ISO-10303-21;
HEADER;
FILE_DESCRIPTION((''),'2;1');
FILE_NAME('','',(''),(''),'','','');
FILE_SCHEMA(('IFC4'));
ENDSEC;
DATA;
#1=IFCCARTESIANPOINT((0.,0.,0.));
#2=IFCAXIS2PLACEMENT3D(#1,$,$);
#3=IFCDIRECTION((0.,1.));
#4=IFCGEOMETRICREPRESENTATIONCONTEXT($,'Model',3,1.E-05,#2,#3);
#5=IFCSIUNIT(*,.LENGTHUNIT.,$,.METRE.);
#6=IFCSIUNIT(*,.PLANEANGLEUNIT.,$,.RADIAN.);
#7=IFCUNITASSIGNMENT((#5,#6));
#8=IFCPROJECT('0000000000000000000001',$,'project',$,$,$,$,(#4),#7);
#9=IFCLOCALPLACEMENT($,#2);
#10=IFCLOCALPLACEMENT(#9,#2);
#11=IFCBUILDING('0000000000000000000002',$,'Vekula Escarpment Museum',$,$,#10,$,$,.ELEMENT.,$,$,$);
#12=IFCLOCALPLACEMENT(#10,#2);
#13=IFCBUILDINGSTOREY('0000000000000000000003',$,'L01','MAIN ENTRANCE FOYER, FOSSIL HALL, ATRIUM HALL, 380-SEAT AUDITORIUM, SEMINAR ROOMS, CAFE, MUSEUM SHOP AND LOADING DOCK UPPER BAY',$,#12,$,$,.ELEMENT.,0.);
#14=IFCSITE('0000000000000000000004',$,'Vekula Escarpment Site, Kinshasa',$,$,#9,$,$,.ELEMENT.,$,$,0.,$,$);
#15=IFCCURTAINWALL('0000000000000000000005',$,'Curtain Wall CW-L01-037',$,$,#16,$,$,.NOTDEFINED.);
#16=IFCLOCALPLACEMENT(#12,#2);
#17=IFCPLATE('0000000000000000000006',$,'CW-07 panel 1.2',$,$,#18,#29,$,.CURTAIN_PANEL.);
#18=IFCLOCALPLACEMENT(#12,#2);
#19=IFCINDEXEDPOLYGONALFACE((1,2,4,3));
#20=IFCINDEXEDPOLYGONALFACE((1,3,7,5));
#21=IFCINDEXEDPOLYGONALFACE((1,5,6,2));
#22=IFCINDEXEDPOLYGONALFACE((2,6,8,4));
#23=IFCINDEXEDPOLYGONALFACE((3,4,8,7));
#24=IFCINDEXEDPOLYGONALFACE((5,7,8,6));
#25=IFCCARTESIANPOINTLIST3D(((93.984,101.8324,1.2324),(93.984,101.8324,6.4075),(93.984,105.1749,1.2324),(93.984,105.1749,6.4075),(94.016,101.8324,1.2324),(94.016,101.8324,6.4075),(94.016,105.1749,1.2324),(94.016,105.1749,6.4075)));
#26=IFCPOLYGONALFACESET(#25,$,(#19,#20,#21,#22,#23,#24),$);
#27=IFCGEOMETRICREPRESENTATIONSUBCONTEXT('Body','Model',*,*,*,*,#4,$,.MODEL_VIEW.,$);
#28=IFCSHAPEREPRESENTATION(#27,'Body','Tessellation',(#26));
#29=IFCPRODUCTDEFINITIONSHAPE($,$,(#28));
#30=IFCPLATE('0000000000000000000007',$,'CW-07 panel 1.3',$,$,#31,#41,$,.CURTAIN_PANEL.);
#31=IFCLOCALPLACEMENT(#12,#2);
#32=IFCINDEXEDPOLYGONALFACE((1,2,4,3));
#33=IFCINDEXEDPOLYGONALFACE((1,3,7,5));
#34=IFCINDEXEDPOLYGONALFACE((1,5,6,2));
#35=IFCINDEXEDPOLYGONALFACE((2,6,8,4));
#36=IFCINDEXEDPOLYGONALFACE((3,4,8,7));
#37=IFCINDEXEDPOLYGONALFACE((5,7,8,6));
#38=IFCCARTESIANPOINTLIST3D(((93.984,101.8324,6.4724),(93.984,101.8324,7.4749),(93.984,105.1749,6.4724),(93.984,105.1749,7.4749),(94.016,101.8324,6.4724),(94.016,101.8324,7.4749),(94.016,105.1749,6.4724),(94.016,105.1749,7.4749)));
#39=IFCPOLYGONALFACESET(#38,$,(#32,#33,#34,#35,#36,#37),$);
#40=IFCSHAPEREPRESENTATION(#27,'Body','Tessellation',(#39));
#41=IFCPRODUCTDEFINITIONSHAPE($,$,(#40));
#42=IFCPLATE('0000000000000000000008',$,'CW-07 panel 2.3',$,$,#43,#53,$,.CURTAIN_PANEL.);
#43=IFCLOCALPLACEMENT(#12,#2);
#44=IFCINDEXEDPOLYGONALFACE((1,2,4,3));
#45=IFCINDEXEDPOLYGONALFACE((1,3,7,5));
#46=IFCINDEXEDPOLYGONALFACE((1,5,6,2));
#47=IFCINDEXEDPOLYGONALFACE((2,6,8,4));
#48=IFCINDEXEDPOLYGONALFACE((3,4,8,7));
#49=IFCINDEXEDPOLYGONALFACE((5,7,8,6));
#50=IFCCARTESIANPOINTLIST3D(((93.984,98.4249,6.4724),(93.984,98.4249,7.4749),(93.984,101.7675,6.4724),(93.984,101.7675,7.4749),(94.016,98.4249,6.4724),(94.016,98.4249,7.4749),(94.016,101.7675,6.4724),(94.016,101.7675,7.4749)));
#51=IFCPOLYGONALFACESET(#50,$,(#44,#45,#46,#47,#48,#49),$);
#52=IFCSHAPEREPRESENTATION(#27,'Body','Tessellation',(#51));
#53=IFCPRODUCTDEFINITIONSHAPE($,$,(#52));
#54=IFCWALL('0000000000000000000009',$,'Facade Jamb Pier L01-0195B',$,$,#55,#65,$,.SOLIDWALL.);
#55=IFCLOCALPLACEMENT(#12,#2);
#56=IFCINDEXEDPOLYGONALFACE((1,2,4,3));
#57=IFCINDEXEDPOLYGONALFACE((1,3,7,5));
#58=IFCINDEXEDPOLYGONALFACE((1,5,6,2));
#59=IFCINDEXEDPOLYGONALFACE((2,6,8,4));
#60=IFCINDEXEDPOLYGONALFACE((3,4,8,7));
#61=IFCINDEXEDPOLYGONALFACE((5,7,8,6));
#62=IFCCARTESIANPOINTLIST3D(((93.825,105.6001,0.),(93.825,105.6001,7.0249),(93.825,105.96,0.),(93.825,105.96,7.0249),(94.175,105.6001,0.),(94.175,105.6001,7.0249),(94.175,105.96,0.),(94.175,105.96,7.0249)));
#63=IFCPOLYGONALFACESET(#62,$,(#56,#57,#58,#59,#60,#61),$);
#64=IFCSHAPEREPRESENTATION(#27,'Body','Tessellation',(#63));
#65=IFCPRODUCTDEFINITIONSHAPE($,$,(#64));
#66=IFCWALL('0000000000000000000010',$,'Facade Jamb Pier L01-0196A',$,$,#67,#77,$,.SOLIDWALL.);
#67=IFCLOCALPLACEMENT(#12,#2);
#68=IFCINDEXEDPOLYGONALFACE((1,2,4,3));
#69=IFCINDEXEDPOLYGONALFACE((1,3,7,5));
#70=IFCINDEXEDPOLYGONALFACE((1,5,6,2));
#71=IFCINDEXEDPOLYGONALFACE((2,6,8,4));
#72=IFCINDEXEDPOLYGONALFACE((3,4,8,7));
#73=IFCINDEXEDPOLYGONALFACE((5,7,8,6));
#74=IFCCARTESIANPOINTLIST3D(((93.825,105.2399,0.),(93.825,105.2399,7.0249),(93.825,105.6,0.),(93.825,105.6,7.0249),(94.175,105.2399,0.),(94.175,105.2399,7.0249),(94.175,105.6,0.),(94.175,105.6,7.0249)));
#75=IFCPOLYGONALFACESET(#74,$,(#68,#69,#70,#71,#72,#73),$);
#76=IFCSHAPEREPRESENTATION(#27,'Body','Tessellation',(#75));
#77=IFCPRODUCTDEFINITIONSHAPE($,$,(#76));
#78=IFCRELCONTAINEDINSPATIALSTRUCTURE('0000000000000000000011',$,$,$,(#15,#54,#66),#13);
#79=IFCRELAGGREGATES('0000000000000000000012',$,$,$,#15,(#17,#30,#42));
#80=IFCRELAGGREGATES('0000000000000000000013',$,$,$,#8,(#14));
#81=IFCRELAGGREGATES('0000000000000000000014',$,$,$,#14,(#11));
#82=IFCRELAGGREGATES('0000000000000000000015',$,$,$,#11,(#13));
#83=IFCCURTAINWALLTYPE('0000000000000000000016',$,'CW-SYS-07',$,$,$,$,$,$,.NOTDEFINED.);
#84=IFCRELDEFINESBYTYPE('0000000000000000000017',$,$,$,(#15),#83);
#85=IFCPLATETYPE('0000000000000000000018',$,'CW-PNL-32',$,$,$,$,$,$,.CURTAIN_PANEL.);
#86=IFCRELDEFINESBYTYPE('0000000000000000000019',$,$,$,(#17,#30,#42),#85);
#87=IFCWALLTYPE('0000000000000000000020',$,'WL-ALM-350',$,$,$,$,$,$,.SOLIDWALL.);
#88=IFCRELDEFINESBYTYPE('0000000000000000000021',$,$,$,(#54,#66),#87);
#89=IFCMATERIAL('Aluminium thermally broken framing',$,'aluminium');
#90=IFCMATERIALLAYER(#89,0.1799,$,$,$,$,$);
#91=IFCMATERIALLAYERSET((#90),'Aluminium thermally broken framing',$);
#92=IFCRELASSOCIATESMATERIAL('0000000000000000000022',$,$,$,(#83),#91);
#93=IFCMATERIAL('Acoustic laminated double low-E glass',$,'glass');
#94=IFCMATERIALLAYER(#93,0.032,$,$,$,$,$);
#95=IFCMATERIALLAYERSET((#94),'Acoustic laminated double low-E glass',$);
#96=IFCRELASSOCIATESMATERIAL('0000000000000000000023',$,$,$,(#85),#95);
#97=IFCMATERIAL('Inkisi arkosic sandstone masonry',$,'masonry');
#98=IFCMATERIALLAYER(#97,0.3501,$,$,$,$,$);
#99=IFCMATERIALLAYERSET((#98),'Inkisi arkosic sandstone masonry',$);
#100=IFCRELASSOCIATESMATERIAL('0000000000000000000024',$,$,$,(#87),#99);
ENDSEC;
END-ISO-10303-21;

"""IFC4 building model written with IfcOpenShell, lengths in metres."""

from ifc_helpers import new_model, si_unit, direction, frame, frame_2d, origin, origin_2d, place, context, subcontext, project, spatial, rectangle, extrude, material, layer, layer_set, type_object, element, aggregate, save


model = new_model("IFC4")

# Units and contexts
model_context = context("Model", 3, precision=1e-05, world=origin(), true_north=direction((0.0, 1.0)))
body_context = subcontext(model_context, "Body", "Model", "MODEL_VIEW")
ifc_project = project(units=[si_unit("LENGTHUNIT", "METRE"), si_unit("PLANEANGLEUNIT", "RADIAN")], contexts=[model_context])

# Site, building, storey
site_placement = place(None, origin())
site = spatial("IfcSite", under=ifc_project, at=site_placement, Name="Vekula Escarpment Site, Kinshasa", CompositionType="ELEMENT", RefElevation=0.0)
building_placement = place(site_placement, origin())
building = spatial("IfcBuilding", under=site, at=building_placement, Name="Vekula Escarpment Museum", CompositionType="ELEMENT")
storey_placement = place(building_placement, origin())
storey = spatial("IfcBuildingStorey", under=building, at=storey_placement, Name="L01", Description="MAIN ENTRANCE FOYER, FOSSIL HALL, ATRIUM HALL, 380-SEAT AUDITORIUM, SEMINAR ROOMS, CAFE, MUSEUM SHOP AND LOADING DOCK UPPER BAY", CompositionType="ELEMENT", Elevation=0.0)

# Curtain wall
ifc_material_1 = material(Name="Aluminium thermally broken framing", Category="aluminium")
ifc_layer_1 = layer(ifc_material_1, 0.1799)
ifc_layer_set_1 = layer_set([ifc_layer_1], Name="Aluminium thermally broken framing")
curtain_wall_type_1 = type_object("IfcCurtainWallType", Name="CW-SYS-07", PredefinedType="NOTDEFINED", material=ifc_layer_set_1)
curtain_wall_1_placement = place(storey_placement, origin())
curtain_wall_1 = element("IfcCurtainWall", 1, at=curtain_wall_1_placement, inside=storey, type_object=curtain_wall_type_1, Name="Curtain Wall CW-L01-037", PredefinedType="NOTDEFINED")

# Plates
ifc_material_2 = material(Name="Acoustic laminated double low-E glass", Category="glass")
ifc_layer_2 = layer(ifc_material_2, 0.032)
ifc_layer_set_2 = layer_set([ifc_layer_2], Name="Acoustic laminated double low-E glass")
plate_type_1 = type_object("IfcPlateType", Name="CW-PNL-32", PredefinedType="CURTAIN_PANEL", material=ifc_layer_set_2)
plate_1_placement = place(storey_placement, frame((94.0, 103.5037, 1.2324), z_axis=(0.0, 0.0, 1.0), x_axis=(0.0, -1.0, 0.0)))
plate_1 = element("IfcPlate", 2, at=plate_1_placement, type_object=plate_type_1, Name="CW-07 panel 1.2", PredefinedType="CURTAIN_PANEL", context=body_context, shape_type="SweptSolid", body=[
    extrude(rectangle(XDim=3.3425, YDim=0.032, at=origin_2d()), origin(), (0.0, 0.0, 1.0), 5.175),
])
plate_2_placement = place(storey_placement, frame((94.0, 103.5037, 6.4724), z_axis=(0.0, 0.0, 1.0), x_axis=(0.0, -1.0, 0.0)))
plate_2 = element("IfcPlate", 3, at=plate_2_placement, type_object=plate_type_1, Name="CW-07 panel 1.3", PredefinedType="CURTAIN_PANEL", context=body_context, shape_type="SweptSolid", body=[
    extrude(rectangle(XDim=3.3425, YDim=0.032, at=origin_2d()), origin(), (0.0, 0.0, 1.0), 1.0024),
])
plate_3_placement = place(storey_placement, frame((94.0, 100.0962, 6.4724), z_axis=(0.0, 0.0, 1.0), x_axis=(0.0, -1.0, 0.0)))
plate_3 = element("IfcPlate", 4, at=plate_3_placement, type_object=plate_type_1, Name="CW-07 panel 2.3", PredefinedType="CURTAIN_PANEL", context=body_context, shape_type="SweptSolid", body=[
    extrude(rectangle(XDim=3.3425, YDim=0.032, at=origin_2d()), origin(), (0.0, 0.0, 1.0), 1.0024),
])
aggregate(curtain_wall_1, [plate_1, plate_2, plate_3])

# Walls
ifc_material_3 = material(Name="Inkisi arkosic sandstone masonry", Category="masonry")
ifc_layer_3 = layer(ifc_material_3, 0.3501)
ifc_layer_set_3 = layer_set([ifc_layer_3], Name="Inkisi arkosic sandstone masonry")
wall_type = type_object("IfcWallType", Name="WL-ALM-350", PredefinedType="SOLIDWALL", material=ifc_layer_set_3)
wall_1_placement = place(storey_placement, frame((94.0, 105.96, 0.0), z_axis=(0.0, 0.0, 1.0), x_axis=(0.0, -1.0, 0.0)))
element("IfcWall", 5, at=wall_1_placement, inside=storey, type_object=wall_type, Name="Facade Jamb Pier L01-0195B", PredefinedType="SOLIDWALL", context=body_context, shape_type="SweptSolid", body=[
    extrude(rectangle(XDim=0.3599, YDim=0.3501, at=frame_2d((0.1799, 0.0))), origin(), (0.0, 0.0, 1.0), 7.0249),
])
wall_2_placement = place(storey_placement, frame((94.0, 105.6001, 0.0), z_axis=(0.0, 0.0, 1.0), x_axis=(0.0, -1.0, 0.0)))
element("IfcWall", 6, at=wall_2_placement, inside=storey, type_object=wall_type, Name="Facade Jamb Pier L01-0196A", PredefinedType="SOLIDWALL", context=body_context, shape_type="SweptSolid", body=[
    extrude(rectangle(XDim=0.3601, YDim=0.3501, at=frame_2d((0.1802, 0.0))), origin(), (0.0, 0.0, 1.0), 7.0249),
])

save(model, "model.ifc")
